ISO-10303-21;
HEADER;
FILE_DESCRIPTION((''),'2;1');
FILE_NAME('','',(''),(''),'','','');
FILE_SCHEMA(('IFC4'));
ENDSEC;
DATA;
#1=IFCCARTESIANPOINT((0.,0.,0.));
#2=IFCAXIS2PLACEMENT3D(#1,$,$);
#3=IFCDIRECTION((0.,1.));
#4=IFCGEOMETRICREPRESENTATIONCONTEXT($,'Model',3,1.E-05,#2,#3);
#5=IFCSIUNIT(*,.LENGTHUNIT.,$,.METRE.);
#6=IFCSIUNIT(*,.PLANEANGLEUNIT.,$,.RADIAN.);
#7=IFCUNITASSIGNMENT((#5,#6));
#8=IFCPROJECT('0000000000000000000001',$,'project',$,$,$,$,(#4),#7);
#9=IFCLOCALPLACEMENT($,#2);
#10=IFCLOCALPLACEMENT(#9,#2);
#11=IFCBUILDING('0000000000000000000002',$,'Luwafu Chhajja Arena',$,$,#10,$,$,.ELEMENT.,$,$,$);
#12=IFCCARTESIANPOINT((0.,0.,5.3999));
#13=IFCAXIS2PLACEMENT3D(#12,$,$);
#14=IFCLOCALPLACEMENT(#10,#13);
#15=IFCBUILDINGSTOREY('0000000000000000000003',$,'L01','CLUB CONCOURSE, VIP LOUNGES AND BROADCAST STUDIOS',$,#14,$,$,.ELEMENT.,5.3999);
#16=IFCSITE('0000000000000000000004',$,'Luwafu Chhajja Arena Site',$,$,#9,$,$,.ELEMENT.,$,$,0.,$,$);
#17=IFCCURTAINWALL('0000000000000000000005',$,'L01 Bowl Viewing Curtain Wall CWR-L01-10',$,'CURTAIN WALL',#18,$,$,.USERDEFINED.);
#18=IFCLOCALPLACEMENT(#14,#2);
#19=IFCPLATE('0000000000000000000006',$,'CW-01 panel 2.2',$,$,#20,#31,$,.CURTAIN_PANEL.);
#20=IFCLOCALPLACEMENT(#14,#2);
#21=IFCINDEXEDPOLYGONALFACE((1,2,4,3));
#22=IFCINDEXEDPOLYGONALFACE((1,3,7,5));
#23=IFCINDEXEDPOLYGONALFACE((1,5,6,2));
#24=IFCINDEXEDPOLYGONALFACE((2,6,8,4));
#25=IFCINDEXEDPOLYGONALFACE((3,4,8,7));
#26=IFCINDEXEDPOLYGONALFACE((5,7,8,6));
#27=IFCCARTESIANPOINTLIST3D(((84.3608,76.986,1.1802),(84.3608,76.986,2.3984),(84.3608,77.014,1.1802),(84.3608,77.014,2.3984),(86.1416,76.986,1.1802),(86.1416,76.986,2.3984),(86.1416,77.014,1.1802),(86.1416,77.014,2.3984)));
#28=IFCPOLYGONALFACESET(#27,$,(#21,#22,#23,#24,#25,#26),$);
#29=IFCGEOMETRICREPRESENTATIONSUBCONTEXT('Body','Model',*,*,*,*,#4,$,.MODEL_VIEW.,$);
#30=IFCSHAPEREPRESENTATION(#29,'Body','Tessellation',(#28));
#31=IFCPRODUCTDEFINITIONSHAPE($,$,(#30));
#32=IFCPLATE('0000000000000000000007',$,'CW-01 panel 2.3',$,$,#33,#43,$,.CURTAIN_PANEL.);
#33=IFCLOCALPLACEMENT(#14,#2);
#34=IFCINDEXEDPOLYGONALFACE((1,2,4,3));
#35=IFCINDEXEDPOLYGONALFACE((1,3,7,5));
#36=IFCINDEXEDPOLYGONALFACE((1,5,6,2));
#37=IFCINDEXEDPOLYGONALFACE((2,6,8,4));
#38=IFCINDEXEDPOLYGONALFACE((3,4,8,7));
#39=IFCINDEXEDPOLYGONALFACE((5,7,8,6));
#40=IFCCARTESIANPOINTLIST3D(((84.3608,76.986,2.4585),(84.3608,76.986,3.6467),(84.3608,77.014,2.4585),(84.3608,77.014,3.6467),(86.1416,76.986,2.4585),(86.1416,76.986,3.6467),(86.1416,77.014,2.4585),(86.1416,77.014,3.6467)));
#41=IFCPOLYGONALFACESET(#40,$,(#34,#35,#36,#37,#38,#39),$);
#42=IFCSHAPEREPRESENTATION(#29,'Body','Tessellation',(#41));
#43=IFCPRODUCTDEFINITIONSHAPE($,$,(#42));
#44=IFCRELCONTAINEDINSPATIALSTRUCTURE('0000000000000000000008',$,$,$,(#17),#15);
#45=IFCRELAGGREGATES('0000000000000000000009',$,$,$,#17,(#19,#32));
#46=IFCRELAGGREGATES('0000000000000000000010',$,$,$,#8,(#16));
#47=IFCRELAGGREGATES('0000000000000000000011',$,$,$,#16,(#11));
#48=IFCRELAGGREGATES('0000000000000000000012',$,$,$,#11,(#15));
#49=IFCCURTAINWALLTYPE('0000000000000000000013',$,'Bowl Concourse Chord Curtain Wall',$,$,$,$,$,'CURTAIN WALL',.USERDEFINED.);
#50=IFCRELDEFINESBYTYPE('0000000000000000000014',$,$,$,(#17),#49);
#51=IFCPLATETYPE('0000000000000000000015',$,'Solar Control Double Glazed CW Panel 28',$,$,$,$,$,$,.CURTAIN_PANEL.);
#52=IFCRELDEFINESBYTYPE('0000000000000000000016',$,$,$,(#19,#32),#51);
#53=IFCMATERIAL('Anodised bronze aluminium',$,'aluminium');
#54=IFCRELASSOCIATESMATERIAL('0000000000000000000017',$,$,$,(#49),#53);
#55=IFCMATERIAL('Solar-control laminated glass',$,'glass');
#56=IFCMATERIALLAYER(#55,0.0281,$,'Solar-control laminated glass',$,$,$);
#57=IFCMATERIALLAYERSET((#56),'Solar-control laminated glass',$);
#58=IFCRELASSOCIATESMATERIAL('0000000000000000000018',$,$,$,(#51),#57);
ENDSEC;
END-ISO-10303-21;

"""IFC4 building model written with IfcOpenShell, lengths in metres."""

from ifc_helpers import new_model, si_unit, direction, frame, origin, origin_2d, place, context, subcontext, project, spatial, rectangle, extrude, material, layer, layer_set, type_object, element, aggregate, save


model = new_model("IFC4")

# Units and contexts
model_context = context("Model", 3, precision=1e-05, world=origin(), true_north=direction((0.0, 1.0)))
body_context = subcontext(model_context, "Body", "Model", "MODEL_VIEW")
ifc_project = project(units=[si_unit("LENGTHUNIT", "METRE"), si_unit("PLANEANGLEUNIT", "RADIAN")], contexts=[model_context])

# Site, building, storey
site_placement = place(None, origin())
site = spatial("IfcSite", under=ifc_project, at=site_placement, Name="Luwafu Chhajja Arena Site", CompositionType="ELEMENT", RefElevation=0.0)
building_placement = place(site_placement, origin())
building = spatial("IfcBuilding", under=site, at=building_placement, Name="Luwafu Chhajja Arena", CompositionType="ELEMENT")
storey_placement = place(building_placement, frame((0.0, 0.0, 5.3999)))
storey = spatial("IfcBuildingStorey", under=building, at=storey_placement, Name="L01", Description="CLUB CONCOURSE, VIP LOUNGES AND BROADCAST STUDIOS", CompositionType="ELEMENT", Elevation=5.3999)

# Shared definitions
ifc_material_1 = material(Name="Anodised bronze aluminium", Category="aluminium")
curtain_wall_type = type_object("IfcCurtainWallType", Name="Bowl Concourse Chord Curtain Wall", ElementType="CURTAIN WALL", PredefinedType="USERDEFINED", material=ifc_material_1)

# Curtain wall
curtain_wall_1_placement = place(storey_placement, origin())
curtain_wall_1 = element("IfcCurtainWall", 1, at=curtain_wall_1_placement, inside=storey, type_object=curtain_wall_type, Name="L01 Bowl Viewing Curtain Wall CWR-L01-10", ObjectType="CURTAIN WALL", PredefinedType="USERDEFINED")

# Plates
ifc_material_2 = material(Name="Solar-control laminated glass", Category="glass")
ifc_layer_1 = layer(ifc_material_2, 0.0281, Name="Solar-control laminated glass")
ifc_layer_set_1 = layer_set([ifc_layer_1], Name="Solar-control laminated glass")
plate_type_1 = type_object("IfcPlateType", Name="Solar Control Double Glazed CW Panel 28", PredefinedType="CURTAIN_PANEL", material=ifc_layer_set_1)
plate_1_placement = place(storey_placement, frame((85.2512, 77.0, 1.1802), z_axis=(0.0, 0.0, 1.0), x_axis=(1.0, 0.0, 0.0)))
plate_1 = element("IfcPlate", 2, at=plate_1_placement, type_object=plate_type_1, Name="CW-01 panel 2.2", PredefinedType="CURTAIN_PANEL", context=body_context, shape_type="SweptSolid", body=[
    extrude(rectangle(XDim=1.7808, YDim=0.0281, at=origin_2d()), origin(), (0.0, 0.0, 1.0), 1.2183),
])
plate_2_placement = place(storey_placement, frame((85.2512, 77.0, 2.4585), z_axis=(0.0, 0.0, 1.0), x_axis=(1.0, 0.0, 0.0)))
plate_2 = element("IfcPlate", 3, at=plate_2_placement, type_object=plate_type_1, Name="CW-01 panel 2.3", PredefinedType="CURTAIN_PANEL", context=body_context, shape_type="SweptSolid", body=[
    extrude(rectangle(XDim=1.7808, YDim=0.0281, at=origin_2d()), origin(), (0.0, 0.0, 1.0), 1.1882),
])
aggregate(curtain_wall_1, [plate_1, plate_2])

save(model, "model.ifc")
